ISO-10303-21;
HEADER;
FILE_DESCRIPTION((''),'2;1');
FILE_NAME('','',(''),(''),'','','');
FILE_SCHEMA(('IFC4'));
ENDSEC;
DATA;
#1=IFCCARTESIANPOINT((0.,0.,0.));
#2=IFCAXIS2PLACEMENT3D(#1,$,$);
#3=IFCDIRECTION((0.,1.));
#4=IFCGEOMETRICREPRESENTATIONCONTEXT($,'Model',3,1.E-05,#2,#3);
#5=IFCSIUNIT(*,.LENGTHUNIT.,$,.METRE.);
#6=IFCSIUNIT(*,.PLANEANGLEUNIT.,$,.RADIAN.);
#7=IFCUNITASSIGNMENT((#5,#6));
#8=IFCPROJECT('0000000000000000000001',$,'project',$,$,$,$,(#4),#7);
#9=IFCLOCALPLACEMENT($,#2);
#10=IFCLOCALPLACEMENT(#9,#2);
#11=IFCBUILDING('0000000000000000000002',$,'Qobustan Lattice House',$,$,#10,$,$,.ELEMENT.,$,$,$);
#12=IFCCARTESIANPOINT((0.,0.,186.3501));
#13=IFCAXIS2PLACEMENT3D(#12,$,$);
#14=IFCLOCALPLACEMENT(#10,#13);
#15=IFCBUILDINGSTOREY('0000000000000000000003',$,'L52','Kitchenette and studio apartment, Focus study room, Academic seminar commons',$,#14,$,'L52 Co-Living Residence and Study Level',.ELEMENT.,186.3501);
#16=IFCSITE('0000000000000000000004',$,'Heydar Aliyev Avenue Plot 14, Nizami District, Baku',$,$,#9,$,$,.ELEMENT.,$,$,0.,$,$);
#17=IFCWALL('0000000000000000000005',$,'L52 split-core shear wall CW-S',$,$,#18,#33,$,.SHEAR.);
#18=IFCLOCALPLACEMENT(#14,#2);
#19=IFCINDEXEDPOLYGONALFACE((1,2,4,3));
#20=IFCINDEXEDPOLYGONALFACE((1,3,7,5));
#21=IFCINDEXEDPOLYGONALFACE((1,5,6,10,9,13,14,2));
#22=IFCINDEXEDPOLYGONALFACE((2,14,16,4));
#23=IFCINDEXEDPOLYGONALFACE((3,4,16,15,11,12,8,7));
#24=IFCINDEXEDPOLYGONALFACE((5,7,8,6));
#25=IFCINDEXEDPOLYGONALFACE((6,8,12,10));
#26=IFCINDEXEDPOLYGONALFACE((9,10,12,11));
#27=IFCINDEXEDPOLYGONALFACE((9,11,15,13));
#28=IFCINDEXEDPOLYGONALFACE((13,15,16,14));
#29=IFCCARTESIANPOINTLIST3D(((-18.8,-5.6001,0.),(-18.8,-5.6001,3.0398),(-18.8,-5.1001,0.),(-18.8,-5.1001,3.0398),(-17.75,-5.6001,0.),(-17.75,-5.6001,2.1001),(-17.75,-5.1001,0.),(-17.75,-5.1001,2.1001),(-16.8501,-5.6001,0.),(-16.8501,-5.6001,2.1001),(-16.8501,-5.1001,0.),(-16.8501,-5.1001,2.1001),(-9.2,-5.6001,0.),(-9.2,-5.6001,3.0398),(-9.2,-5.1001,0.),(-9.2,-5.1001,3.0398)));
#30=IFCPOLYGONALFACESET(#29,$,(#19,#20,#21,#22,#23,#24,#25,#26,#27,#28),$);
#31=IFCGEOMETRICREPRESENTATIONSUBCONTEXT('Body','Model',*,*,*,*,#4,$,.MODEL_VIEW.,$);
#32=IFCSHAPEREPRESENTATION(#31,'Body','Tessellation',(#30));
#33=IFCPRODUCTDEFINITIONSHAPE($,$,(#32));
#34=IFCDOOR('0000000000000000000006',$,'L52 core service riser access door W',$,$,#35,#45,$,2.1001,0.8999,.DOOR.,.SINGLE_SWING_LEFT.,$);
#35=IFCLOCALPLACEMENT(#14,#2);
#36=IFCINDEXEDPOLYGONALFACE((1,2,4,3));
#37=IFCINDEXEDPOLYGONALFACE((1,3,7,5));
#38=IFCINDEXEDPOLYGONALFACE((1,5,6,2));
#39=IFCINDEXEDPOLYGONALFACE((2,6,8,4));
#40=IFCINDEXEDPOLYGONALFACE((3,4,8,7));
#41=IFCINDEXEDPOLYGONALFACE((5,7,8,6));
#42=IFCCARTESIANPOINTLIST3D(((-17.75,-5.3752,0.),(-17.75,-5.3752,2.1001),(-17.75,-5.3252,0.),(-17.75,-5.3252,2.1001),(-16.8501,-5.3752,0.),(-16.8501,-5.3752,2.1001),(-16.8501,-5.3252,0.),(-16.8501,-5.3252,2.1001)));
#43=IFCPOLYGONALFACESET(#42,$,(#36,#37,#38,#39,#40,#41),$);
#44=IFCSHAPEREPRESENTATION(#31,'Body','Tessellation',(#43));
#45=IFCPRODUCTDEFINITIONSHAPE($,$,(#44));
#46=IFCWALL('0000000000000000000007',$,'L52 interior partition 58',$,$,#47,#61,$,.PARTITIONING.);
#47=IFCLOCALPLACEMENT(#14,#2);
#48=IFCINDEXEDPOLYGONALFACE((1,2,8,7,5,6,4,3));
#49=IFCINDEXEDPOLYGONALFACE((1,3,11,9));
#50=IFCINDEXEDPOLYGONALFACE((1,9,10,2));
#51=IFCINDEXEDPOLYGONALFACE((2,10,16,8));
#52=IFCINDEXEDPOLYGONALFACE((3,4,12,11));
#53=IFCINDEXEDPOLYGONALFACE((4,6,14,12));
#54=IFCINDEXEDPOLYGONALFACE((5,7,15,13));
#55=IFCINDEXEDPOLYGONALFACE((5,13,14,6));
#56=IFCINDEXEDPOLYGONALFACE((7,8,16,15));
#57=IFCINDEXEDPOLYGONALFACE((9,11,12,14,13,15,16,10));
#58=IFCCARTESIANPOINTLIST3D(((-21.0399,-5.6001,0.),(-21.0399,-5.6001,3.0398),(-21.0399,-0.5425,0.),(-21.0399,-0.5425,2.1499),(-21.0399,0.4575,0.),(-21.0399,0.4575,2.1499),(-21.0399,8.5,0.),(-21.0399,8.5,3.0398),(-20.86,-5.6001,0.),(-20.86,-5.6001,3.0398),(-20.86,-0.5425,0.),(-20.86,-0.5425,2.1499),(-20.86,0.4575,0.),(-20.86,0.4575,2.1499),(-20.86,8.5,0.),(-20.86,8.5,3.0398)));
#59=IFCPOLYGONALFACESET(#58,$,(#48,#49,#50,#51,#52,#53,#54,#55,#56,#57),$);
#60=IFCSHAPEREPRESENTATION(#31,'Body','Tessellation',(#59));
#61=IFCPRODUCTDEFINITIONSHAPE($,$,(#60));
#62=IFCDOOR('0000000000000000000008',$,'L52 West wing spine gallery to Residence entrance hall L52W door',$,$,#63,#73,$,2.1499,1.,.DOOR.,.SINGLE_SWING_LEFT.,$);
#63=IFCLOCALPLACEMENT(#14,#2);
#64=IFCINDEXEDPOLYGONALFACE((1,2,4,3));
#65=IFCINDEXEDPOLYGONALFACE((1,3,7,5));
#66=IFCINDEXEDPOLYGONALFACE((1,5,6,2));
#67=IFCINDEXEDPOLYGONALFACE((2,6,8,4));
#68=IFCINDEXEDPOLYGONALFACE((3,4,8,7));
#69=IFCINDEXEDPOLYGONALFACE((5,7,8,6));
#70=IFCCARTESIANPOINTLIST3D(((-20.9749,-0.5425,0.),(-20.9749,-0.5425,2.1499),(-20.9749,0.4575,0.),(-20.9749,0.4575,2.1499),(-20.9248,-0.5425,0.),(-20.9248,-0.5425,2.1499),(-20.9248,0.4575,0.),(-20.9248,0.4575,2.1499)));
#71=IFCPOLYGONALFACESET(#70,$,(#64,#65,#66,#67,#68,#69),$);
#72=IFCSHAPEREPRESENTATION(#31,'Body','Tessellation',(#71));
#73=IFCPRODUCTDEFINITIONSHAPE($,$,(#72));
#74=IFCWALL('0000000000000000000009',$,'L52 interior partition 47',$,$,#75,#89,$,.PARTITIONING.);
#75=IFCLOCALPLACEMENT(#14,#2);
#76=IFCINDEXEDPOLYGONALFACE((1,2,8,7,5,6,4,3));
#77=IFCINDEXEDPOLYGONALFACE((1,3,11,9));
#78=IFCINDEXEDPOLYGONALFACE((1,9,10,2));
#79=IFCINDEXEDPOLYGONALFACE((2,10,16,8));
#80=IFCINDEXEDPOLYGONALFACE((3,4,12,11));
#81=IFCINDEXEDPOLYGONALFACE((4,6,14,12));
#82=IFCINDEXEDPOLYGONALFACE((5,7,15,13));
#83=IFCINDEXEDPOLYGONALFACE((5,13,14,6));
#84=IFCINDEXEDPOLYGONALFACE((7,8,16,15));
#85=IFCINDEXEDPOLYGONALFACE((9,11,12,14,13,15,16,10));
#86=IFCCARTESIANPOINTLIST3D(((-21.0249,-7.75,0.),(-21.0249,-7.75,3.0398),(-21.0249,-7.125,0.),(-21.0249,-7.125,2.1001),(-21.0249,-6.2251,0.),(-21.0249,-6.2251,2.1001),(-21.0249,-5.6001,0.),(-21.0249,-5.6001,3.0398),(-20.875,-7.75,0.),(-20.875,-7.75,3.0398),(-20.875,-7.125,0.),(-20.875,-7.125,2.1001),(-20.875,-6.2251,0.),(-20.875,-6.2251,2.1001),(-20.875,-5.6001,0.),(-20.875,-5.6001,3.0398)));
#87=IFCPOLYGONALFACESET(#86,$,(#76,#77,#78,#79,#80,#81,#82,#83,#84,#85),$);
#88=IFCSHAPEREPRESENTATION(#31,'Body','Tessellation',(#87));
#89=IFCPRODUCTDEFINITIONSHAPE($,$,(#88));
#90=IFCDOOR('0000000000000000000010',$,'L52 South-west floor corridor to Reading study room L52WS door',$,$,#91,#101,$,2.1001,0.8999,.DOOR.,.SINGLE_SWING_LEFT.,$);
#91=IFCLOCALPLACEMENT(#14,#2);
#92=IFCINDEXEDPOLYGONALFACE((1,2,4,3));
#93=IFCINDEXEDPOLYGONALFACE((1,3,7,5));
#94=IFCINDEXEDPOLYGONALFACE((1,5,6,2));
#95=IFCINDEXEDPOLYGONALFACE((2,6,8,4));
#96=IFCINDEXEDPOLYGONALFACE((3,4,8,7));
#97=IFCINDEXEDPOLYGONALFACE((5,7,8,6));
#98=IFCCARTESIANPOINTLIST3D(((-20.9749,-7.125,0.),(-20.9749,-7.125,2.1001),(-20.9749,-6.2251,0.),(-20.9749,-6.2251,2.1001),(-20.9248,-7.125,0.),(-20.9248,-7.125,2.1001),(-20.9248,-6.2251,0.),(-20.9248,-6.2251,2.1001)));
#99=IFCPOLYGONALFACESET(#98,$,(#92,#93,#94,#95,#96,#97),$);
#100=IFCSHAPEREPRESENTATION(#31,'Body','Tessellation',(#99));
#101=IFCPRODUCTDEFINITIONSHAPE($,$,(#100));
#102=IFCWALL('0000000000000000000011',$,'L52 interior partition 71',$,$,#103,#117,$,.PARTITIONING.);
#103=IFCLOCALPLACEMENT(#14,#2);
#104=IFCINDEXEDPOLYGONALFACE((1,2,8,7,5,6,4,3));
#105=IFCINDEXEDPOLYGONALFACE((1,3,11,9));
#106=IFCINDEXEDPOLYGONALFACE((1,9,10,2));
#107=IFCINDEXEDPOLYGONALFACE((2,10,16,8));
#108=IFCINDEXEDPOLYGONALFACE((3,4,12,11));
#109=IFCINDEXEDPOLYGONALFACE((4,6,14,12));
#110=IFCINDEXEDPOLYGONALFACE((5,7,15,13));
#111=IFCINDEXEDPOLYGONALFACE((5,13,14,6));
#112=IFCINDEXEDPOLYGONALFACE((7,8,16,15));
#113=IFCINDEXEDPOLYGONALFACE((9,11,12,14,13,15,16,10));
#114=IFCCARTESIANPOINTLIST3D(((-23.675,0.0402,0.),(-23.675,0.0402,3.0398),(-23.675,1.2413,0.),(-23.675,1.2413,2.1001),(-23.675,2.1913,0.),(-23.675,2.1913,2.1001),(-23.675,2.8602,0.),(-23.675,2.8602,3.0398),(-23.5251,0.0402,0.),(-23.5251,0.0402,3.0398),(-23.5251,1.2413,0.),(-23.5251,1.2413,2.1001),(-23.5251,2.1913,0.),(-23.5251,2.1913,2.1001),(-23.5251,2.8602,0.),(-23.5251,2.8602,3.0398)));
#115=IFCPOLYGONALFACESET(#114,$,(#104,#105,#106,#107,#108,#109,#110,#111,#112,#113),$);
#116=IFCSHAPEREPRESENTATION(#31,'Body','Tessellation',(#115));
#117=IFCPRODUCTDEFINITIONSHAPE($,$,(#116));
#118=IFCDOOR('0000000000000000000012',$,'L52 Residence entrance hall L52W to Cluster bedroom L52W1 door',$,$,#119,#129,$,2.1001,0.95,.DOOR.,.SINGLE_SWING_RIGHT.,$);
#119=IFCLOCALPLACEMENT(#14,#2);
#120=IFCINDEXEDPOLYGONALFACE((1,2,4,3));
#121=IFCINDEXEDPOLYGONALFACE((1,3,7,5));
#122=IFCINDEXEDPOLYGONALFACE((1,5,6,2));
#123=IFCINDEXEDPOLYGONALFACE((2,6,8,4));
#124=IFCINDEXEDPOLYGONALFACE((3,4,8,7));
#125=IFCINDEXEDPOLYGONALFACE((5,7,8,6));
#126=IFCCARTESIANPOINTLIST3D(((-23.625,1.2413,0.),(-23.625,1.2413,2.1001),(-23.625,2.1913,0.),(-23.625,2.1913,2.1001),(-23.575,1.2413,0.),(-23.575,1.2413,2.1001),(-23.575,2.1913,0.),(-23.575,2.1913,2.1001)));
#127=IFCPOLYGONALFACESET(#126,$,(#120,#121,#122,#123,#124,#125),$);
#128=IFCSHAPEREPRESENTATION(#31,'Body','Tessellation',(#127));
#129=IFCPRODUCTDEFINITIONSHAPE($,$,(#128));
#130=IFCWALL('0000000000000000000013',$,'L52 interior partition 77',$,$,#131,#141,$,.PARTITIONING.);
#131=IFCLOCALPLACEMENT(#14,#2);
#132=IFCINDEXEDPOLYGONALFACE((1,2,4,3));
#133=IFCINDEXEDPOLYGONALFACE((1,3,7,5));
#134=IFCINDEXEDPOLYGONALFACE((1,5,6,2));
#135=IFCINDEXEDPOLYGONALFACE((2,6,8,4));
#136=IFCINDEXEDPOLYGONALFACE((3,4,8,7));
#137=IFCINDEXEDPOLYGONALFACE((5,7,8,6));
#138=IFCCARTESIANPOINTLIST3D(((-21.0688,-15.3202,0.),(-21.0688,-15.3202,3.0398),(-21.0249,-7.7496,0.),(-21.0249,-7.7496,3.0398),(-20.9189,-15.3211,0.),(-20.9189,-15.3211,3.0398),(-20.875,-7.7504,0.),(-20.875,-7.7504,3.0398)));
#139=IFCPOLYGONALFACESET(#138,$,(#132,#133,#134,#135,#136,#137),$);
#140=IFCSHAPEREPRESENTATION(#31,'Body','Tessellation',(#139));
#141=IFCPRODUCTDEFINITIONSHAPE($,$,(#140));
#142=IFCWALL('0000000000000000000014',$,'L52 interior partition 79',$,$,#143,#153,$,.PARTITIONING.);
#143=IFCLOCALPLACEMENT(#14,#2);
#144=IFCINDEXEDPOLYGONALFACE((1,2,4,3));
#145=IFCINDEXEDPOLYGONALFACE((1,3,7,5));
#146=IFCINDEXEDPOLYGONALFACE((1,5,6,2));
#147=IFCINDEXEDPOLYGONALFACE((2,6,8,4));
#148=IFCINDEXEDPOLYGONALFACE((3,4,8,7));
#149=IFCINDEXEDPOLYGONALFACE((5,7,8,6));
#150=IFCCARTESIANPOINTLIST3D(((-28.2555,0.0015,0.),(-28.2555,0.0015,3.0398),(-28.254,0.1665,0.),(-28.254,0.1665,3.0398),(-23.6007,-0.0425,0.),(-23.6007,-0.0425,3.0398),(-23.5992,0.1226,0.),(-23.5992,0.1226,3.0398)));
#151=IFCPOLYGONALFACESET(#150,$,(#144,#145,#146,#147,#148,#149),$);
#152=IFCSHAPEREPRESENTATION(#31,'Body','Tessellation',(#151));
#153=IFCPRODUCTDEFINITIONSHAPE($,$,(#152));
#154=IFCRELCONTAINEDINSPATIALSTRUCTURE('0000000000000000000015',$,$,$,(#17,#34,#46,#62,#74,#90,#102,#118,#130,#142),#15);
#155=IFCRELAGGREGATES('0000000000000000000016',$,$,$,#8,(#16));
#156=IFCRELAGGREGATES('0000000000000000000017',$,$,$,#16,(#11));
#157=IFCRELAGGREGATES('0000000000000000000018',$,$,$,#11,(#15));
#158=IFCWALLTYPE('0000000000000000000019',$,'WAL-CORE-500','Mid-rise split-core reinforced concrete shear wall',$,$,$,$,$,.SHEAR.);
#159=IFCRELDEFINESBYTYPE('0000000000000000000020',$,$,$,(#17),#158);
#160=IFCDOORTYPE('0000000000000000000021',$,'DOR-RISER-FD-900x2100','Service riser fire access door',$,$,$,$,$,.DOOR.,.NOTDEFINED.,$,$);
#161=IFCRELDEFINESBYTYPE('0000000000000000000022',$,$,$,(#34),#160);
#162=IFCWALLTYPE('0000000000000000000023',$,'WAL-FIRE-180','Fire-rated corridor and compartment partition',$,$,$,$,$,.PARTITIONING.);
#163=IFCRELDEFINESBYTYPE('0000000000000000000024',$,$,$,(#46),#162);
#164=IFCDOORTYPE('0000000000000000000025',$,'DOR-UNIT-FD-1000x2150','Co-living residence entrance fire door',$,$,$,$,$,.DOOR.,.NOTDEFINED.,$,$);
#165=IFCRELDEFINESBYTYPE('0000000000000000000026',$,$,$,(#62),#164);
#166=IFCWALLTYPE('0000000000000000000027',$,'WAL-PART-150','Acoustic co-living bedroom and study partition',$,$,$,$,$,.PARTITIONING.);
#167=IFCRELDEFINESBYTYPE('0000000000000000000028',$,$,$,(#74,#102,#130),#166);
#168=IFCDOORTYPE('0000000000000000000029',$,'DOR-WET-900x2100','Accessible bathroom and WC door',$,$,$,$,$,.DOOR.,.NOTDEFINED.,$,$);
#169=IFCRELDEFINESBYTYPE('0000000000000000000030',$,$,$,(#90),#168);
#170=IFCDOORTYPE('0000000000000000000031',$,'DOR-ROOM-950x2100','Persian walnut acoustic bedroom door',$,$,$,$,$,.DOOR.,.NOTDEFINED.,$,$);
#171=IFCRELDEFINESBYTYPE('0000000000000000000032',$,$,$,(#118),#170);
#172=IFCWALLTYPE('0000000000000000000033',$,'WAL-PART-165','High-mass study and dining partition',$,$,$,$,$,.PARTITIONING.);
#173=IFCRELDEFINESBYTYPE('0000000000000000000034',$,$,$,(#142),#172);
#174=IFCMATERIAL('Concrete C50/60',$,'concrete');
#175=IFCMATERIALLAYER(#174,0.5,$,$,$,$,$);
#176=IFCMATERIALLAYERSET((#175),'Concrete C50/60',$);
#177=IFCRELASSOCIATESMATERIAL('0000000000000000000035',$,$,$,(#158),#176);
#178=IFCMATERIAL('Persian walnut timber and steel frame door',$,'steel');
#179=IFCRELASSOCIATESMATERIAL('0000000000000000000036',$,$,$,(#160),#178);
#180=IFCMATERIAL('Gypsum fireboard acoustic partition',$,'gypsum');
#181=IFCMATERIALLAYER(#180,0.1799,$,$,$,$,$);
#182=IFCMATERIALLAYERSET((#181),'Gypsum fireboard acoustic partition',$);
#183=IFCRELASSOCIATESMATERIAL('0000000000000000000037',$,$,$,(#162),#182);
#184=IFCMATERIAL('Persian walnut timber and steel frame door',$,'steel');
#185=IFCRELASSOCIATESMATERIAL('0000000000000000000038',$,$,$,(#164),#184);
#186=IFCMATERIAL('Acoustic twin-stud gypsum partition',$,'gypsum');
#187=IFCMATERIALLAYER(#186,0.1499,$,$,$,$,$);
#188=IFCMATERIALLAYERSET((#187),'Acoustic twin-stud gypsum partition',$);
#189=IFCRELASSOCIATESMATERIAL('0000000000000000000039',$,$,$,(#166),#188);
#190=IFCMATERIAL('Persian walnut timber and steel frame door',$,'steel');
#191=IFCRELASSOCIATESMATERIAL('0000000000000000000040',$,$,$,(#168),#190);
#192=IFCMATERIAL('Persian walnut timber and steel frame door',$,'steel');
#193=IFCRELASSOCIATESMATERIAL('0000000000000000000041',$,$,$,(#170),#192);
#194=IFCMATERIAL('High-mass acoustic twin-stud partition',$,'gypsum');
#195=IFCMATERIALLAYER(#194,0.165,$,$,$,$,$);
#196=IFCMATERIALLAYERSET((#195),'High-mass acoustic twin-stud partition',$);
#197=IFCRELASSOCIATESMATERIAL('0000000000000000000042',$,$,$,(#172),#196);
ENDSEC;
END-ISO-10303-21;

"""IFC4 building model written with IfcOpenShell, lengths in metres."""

from ifc_helpers import new_model, si_unit, direction, frame, frame_2d, origin, place, context, subcontext, project, spatial, rectangle, extrude, material, layer, layer_set, type_object, element, fill, save


model = new_model("IFC4")

# Units and contexts
model_context = context("Model", 3, precision=1e-05, world=origin(), true_north=direction((0.0, 1.0)))
body_context = subcontext(model_context, "Body", "Model", "MODEL_VIEW")
ifc_project = project(units=[si_unit("LENGTHUNIT", "METRE"), si_unit("PLANEANGLEUNIT", "RADIAN")], contexts=[model_context])

# Site, building, storey
site_placement = place(None, origin())
site = spatial("IfcSite", under=ifc_project, at=site_placement, Name="Heydar Aliyev Avenue Plot 14, Nizami District, Baku", CompositionType="ELEMENT", RefElevation=0.0)
building_placement = place(site_placement, origin())
building = spatial("IfcBuilding", under=site, at=building_placement, Name="Qobustan Lattice House", CompositionType="ELEMENT")
storey_placement = place(building_placement, frame((0.0, 0.0, 186.3501)))
storey = spatial("IfcBuildingStorey", under=building, at=storey_placement, Name="L52", Description="Kitchenette and studio apartment, Focus study room, Academic seminar commons", LongName="L52 Co-Living Residence and Study Level", CompositionType="ELEMENT", Elevation=186.3501)

# Walls, openings, doors
ifc_material_1 = material(Name="Concrete C50/60", Category="concrete")
ifc_layer_1 = layer(ifc_material_1, 0.5)
ifc_layer_set_1 = layer_set([ifc_layer_1], Name="Concrete C50/60")
wall_type_1 = type_object("IfcWallType", Name="WAL-CORE-500", Description="Mid-rise split-core reinforced concrete shear wall", PredefinedType="SHEAR", material=ifc_layer_set_1)
wall_1_placement = place(storey_placement, frame((-18.8, -5.3501, 0.0), z_axis=(0.0, 0.0, 1.0), x_axis=(1.0, 0.0, 0.0)))
wall_1 = element("IfcWall", 1, at=wall_1_placement, inside=storey, type_object=wall_type_1, Name="L52 split-core shear wall CW-S", PredefinedType="SHEAR", context=body_context, shape_type="SweptSolid", body=[
    extrude(rectangle(XDim=9.6001, YDim=0.5, at=frame_2d((4.8, 0.0))), origin(), (0.0, 0.0, 1.0), 3.0398),
])
opening_1_placement = place(wall_1_placement, frame((1.05, 0.0, 0.0)))
opening_1 = element("IfcOpeningElement", 2, at=opening_1_placement, cuts=wall_1, PredefinedType="OPENING", context=body_context, shape_type="SweptSolid", body=[
    extrude(rectangle(XDim=0.8999, YDim=2.1001, at=frame_2d((0.45, 1.05))), frame((0.0, 0.26, 0.0), z_axis=(0.0, -1.0, 0.0), x_axis=(1.0, 0.0, 0.0)), (0.0, 0.0, 1.0), 0.52),
])
ifc_material_2 = material(Name="Persian walnut timber and steel frame door", Category="steel")
door_type_1 = type_object("IfcDoorType", Name="DOR-RISER-FD-900x2100", Description="Service riser fire access door", OperationType="NOTDEFINED", PredefinedType="DOOR", material=ifc_material_2)
door_1_placement = place(opening_1_placement, origin())
door_1 = element("IfcDoor", 3, at=door_1_placement, inside=storey, type_object=door_type_1, Name="L52 core service riser access door W", OperationType="SINGLE_SWING_LEFT", OverallHeight=2.1001, OverallWidth=0.8999, PredefinedType="DOOR", context=body_context, shape_type="SweptSolid", body=[
    extrude(rectangle(XDim=0.8999, YDim=2.1001, at=frame_2d((0.45, 1.05))), frame((0.0, 0.0249, 0.0), z_axis=(0.0, -1.0, 0.0), x_axis=(1.0, 0.0, 0.0)), (0.0, 0.0, 1.0), 0.05),
])
fill(opening_1, door_1)
ifc_material_3 = material(Name="Gypsum fireboard acoustic partition", Category="gypsum")
ifc_layer_2 = layer(ifc_material_3, 0.1799)
ifc_layer_set_2 = layer_set([ifc_layer_2], Name="Gypsum fireboard acoustic partition")
wall_type_2 = type_object("IfcWallType", Name="WAL-FIRE-180", Description="Fire-rated corridor and compartment partition", PredefinedType="PARTITIONING", material=ifc_layer_set_2)
wall_2_placement = place(storey_placement, frame((-20.95, -5.6001, 0.0), z_axis=(0.0, 0.0, 1.0), x_axis=(0.0, 1.0, 0.0)))
wall_2 = element("IfcWall", 4, at=wall_2_placement, inside=storey, type_object=wall_type_2, Name="L52 interior partition 58", PredefinedType="PARTITIONING", context=body_context, shape_type="SweptSolid", body=[
    extrude(rectangle(XDim=14.1001, YDim=0.1799, at=frame_2d((7.05, 0.0))), origin(), (0.0, 0.0, 1.0), 3.0398),
])
opening_2_placement = place(wall_2_placement, frame((5.0576, 0.0, 0.0)))
opening_2 = element("IfcOpeningElement", 5, at=opening_2_placement, cuts=wall_2, PredefinedType="OPENING", context=body_context, shape_type="SweptSolid", body=[
    extrude(rectangle(XDim=1.0, YDim=2.1499, at=frame_2d((0.5, 1.075))), frame((0.0, 0.0999, 0.0), z_axis=(0.0, -1.0, 0.0), x_axis=(1.0, 0.0, 0.0)), (0.0, 0.0, 1.0), 0.2),
])
ifc_material_4 = material(Name="Persian walnut timber and steel frame door", Category="steel")
door_type_2 = type_object("IfcDoorType", Name="DOR-UNIT-FD-1000x2150", Description="Co-living residence entrance fire door", OperationType="NOTDEFINED", PredefinedType="DOOR", material=ifc_material_4)
door_2_placement = place(opening_2_placement, origin())
door_2 = element("IfcDoor", 6, at=door_2_placement, inside=storey, type_object=door_type_2, Name="L52 West wing spine gallery to Residence entrance hall L52W door", OperationType="SINGLE_SWING_LEFT", OverallHeight=2.1499, OverallWidth=1.0, PredefinedType="DOOR", context=body_context, shape_type="SweptSolid", body=[
    extrude(rectangle(XDim=1.0, YDim=2.1499, at=frame_2d((0.5, 1.075))), frame((0.0, 0.0249, 0.0), z_axis=(0.0, -1.0, 0.0), x_axis=(1.0, 0.0, 0.0)), (0.0, 0.0, 1.0), 0.05),
])
fill(opening_2, door_2)
ifc_material_5 = material(Name="Acoustic twin-stud gypsum partition", Category="gypsum")
ifc_layer_3 = layer(ifc_material_5, 0.1499)
ifc_layer_set_3 = layer_set([ifc_layer_3], Name="Acoustic twin-stud gypsum partition")
wall_type_3 = type_object("IfcWallType", Name="WAL-PART-150", Description="Acoustic co-living bedroom and study partition", PredefinedType="PARTITIONING", material=ifc_layer_set_3)
wall_3_placement = place(storey_placement, frame((-20.95, -7.75, 0.0), z_axis=(0.0, 0.0, 1.0), x_axis=(0.0, 1.0, 0.0)))
wall_3 = element("IfcWall", 7, at=wall_3_placement, inside=storey, type_object=wall_type_3, Name="L52 interior partition 47", PredefinedType="PARTITIONING", context=body_context, shape_type="SweptSolid", body=[
    extrude(rectangle(XDim=2.1499, YDim=0.1499, at=frame_2d((1.075, 0.0))), origin(), (0.0, 0.0, 1.0), 3.0398),
])
opening_3_placement = place(wall_3_placement, frame((0.625, 0.0, 0.0)))
opening_3 = element("IfcOpeningElement", 8, at=opening_3_placement, cuts=wall_3, PredefinedType="OPENING", context=body_context, shape_type="SweptSolid", body=[
    extrude(rectangle(XDim=0.8999, YDim=2.1001, at=frame_2d((0.45, 1.05))), frame((0.0, 0.085, 0.0), z_axis=(0.0, -1.0, 0.0), x_axis=(1.0, 0.0, 0.0)), (0.0, 0.0, 1.0), 0.1699),
])
ifc_material_6 = material(Name="Persian walnut timber and steel frame door", Category="steel")
door_type_3 = type_object("IfcDoorType", Name="DOR-WET-900x2100", Description="Accessible bathroom and WC door", OperationType="NOTDEFINED", PredefinedType="DOOR", material=ifc_material_6)
door_3_placement = place(opening_3_placement, origin())
door_3 = element("IfcDoor", 9, at=door_3_placement, inside=storey, type_object=door_type_3, Name="L52 South-west floor corridor to Reading study room L52WS door", OperationType="SINGLE_SWING_LEFT", OverallHeight=2.1001, OverallWidth=0.8999, PredefinedType="DOOR", context=body_context, shape_type="SweptSolid", body=[
    extrude(rectangle(XDim=0.8999, YDim=2.1001, at=frame_2d((0.45, 1.05))), frame((0.0, 0.0249, 0.0), z_axis=(0.0, -1.0, 0.0), x_axis=(1.0, 0.0, 0.0)), (0.0, 0.0, 1.0), 0.05),
])
fill(opening_3, door_3)
wall_4_placement = place(storey_placement, frame((-23.6001, 0.04, 0.0), z_axis=(0.0, 0.0, 1.0), x_axis=(0.0, 1.0, 0.0)))
wall_4 = element("IfcWall", 10, at=wall_4_placement, inside=storey, type_object=wall_type_3, Name="L52 interior partition 71", PredefinedType="PARTITIONING", context=body_context, shape_type="SweptSolid", body=[
    extrude(rectangle(XDim=2.8201, YDim=0.1499, at=frame_2d((1.4102, 0.0))), origin(), (0.0, 0.0, 1.0), 3.0398),
])
opening_4_placement = place(wall_4_placement, frame((1.2012, 0.0, 0.0)))
opening_4 = element("IfcOpeningElement", 11, at=opening_4_placement, cuts=wall_4, PredefinedType="OPENING", context=body_context, shape_type="SweptSolid", body=[
    extrude(rectangle(XDim=0.95, YDim=2.1001, at=frame_2d((0.4751, 1.05))), frame((0.0, 0.085, 0.0), z_axis=(0.0, -1.0, 0.0), x_axis=(1.0, 0.0, 0.0)), (0.0, 0.0, 1.0), 0.1699),
])
ifc_material_7 = material(Name="Persian walnut timber and steel frame door", Category="steel")
door_type_4 = type_object("IfcDoorType", Name="DOR-ROOM-950x2100", Description="Persian walnut acoustic bedroom door", OperationType="NOTDEFINED", PredefinedType="DOOR", material=ifc_material_7)
door_4_placement = place(opening_4_placement, origin())
door_4 = element("IfcDoor", 12, at=door_4_placement, inside=storey, type_object=door_type_4, Name="L52 Residence entrance hall L52W to Cluster bedroom L52W1 door", OperationType="SINGLE_SWING_RIGHT", OverallHeight=2.1001, OverallWidth=0.95, PredefinedType="DOOR", context=body_context, shape_type="SweptSolid", body=[
    extrude(rectangle(XDim=0.95, YDim=2.1001, at=frame_2d((0.4751, 1.05))), frame((0.0, 0.0249, 0.0), z_axis=(0.0, -1.0, 0.0), x_axis=(1.0, 0.0, 0.0)), (0.0, 0.0, 1.0), 0.05),
])
fill(opening_4, door_4)

# Wall
wall_5_placement = place(storey_placement, frame((-20.95, -7.75, 0.0), z_axis=(0.0, 0.0, 1.0), x_axis=(-0.005805, -0.999983, 0.0)))
element("IfcWall", 13, at=wall_5_placement, inside=storey, type_object=wall_type_3, Name="L52 interior partition 77", PredefinedType="PARTITIONING", context=body_context, shape_type="SweptSolid", body=[
    extrude(rectangle(XDim=7.5708, YDim=0.1499, at=frame_2d((3.7854, 0.0))), origin(), (0.0, 0.0, 1.0), 3.0398),
])

# Shared definitions
ifc_material_8 = material(Name="High-mass acoustic twin-stud partition", Category="gypsum")
ifc_layer_4 = layer(ifc_material_8, 0.165)
ifc_layer_set_4 = layer_set([ifc_layer_4], Name="High-mass acoustic twin-stud partition")
wall_type_4 = type_object("IfcWallType", Name="WAL-PART-165", Description="High-mass study and dining partition", PredefinedType="PARTITIONING", material=ifc_layer_set_4)

# Wall
wall_6_placement = place(storey_placement, frame((-28.2549, 0.084, 0.0), z_axis=(0.0, 0.0, 1.0), x_axis=(0.999955, -0.00944, 0.0)))
element("IfcWall", 14, at=wall_6_placement, inside=storey, type_object=wall_type_4, Name="L52 interior partition 79", PredefinedType="PARTITIONING", context=body_context, shape_type="SweptSolid", body=[
    extrude(rectangle(XDim=4.655, YDim=0.165, at=frame_2d((2.3276, 0.0))), origin(), (0.0, 0.0, 1.0), 3.0398),
])

save(model, "model.ifc")
